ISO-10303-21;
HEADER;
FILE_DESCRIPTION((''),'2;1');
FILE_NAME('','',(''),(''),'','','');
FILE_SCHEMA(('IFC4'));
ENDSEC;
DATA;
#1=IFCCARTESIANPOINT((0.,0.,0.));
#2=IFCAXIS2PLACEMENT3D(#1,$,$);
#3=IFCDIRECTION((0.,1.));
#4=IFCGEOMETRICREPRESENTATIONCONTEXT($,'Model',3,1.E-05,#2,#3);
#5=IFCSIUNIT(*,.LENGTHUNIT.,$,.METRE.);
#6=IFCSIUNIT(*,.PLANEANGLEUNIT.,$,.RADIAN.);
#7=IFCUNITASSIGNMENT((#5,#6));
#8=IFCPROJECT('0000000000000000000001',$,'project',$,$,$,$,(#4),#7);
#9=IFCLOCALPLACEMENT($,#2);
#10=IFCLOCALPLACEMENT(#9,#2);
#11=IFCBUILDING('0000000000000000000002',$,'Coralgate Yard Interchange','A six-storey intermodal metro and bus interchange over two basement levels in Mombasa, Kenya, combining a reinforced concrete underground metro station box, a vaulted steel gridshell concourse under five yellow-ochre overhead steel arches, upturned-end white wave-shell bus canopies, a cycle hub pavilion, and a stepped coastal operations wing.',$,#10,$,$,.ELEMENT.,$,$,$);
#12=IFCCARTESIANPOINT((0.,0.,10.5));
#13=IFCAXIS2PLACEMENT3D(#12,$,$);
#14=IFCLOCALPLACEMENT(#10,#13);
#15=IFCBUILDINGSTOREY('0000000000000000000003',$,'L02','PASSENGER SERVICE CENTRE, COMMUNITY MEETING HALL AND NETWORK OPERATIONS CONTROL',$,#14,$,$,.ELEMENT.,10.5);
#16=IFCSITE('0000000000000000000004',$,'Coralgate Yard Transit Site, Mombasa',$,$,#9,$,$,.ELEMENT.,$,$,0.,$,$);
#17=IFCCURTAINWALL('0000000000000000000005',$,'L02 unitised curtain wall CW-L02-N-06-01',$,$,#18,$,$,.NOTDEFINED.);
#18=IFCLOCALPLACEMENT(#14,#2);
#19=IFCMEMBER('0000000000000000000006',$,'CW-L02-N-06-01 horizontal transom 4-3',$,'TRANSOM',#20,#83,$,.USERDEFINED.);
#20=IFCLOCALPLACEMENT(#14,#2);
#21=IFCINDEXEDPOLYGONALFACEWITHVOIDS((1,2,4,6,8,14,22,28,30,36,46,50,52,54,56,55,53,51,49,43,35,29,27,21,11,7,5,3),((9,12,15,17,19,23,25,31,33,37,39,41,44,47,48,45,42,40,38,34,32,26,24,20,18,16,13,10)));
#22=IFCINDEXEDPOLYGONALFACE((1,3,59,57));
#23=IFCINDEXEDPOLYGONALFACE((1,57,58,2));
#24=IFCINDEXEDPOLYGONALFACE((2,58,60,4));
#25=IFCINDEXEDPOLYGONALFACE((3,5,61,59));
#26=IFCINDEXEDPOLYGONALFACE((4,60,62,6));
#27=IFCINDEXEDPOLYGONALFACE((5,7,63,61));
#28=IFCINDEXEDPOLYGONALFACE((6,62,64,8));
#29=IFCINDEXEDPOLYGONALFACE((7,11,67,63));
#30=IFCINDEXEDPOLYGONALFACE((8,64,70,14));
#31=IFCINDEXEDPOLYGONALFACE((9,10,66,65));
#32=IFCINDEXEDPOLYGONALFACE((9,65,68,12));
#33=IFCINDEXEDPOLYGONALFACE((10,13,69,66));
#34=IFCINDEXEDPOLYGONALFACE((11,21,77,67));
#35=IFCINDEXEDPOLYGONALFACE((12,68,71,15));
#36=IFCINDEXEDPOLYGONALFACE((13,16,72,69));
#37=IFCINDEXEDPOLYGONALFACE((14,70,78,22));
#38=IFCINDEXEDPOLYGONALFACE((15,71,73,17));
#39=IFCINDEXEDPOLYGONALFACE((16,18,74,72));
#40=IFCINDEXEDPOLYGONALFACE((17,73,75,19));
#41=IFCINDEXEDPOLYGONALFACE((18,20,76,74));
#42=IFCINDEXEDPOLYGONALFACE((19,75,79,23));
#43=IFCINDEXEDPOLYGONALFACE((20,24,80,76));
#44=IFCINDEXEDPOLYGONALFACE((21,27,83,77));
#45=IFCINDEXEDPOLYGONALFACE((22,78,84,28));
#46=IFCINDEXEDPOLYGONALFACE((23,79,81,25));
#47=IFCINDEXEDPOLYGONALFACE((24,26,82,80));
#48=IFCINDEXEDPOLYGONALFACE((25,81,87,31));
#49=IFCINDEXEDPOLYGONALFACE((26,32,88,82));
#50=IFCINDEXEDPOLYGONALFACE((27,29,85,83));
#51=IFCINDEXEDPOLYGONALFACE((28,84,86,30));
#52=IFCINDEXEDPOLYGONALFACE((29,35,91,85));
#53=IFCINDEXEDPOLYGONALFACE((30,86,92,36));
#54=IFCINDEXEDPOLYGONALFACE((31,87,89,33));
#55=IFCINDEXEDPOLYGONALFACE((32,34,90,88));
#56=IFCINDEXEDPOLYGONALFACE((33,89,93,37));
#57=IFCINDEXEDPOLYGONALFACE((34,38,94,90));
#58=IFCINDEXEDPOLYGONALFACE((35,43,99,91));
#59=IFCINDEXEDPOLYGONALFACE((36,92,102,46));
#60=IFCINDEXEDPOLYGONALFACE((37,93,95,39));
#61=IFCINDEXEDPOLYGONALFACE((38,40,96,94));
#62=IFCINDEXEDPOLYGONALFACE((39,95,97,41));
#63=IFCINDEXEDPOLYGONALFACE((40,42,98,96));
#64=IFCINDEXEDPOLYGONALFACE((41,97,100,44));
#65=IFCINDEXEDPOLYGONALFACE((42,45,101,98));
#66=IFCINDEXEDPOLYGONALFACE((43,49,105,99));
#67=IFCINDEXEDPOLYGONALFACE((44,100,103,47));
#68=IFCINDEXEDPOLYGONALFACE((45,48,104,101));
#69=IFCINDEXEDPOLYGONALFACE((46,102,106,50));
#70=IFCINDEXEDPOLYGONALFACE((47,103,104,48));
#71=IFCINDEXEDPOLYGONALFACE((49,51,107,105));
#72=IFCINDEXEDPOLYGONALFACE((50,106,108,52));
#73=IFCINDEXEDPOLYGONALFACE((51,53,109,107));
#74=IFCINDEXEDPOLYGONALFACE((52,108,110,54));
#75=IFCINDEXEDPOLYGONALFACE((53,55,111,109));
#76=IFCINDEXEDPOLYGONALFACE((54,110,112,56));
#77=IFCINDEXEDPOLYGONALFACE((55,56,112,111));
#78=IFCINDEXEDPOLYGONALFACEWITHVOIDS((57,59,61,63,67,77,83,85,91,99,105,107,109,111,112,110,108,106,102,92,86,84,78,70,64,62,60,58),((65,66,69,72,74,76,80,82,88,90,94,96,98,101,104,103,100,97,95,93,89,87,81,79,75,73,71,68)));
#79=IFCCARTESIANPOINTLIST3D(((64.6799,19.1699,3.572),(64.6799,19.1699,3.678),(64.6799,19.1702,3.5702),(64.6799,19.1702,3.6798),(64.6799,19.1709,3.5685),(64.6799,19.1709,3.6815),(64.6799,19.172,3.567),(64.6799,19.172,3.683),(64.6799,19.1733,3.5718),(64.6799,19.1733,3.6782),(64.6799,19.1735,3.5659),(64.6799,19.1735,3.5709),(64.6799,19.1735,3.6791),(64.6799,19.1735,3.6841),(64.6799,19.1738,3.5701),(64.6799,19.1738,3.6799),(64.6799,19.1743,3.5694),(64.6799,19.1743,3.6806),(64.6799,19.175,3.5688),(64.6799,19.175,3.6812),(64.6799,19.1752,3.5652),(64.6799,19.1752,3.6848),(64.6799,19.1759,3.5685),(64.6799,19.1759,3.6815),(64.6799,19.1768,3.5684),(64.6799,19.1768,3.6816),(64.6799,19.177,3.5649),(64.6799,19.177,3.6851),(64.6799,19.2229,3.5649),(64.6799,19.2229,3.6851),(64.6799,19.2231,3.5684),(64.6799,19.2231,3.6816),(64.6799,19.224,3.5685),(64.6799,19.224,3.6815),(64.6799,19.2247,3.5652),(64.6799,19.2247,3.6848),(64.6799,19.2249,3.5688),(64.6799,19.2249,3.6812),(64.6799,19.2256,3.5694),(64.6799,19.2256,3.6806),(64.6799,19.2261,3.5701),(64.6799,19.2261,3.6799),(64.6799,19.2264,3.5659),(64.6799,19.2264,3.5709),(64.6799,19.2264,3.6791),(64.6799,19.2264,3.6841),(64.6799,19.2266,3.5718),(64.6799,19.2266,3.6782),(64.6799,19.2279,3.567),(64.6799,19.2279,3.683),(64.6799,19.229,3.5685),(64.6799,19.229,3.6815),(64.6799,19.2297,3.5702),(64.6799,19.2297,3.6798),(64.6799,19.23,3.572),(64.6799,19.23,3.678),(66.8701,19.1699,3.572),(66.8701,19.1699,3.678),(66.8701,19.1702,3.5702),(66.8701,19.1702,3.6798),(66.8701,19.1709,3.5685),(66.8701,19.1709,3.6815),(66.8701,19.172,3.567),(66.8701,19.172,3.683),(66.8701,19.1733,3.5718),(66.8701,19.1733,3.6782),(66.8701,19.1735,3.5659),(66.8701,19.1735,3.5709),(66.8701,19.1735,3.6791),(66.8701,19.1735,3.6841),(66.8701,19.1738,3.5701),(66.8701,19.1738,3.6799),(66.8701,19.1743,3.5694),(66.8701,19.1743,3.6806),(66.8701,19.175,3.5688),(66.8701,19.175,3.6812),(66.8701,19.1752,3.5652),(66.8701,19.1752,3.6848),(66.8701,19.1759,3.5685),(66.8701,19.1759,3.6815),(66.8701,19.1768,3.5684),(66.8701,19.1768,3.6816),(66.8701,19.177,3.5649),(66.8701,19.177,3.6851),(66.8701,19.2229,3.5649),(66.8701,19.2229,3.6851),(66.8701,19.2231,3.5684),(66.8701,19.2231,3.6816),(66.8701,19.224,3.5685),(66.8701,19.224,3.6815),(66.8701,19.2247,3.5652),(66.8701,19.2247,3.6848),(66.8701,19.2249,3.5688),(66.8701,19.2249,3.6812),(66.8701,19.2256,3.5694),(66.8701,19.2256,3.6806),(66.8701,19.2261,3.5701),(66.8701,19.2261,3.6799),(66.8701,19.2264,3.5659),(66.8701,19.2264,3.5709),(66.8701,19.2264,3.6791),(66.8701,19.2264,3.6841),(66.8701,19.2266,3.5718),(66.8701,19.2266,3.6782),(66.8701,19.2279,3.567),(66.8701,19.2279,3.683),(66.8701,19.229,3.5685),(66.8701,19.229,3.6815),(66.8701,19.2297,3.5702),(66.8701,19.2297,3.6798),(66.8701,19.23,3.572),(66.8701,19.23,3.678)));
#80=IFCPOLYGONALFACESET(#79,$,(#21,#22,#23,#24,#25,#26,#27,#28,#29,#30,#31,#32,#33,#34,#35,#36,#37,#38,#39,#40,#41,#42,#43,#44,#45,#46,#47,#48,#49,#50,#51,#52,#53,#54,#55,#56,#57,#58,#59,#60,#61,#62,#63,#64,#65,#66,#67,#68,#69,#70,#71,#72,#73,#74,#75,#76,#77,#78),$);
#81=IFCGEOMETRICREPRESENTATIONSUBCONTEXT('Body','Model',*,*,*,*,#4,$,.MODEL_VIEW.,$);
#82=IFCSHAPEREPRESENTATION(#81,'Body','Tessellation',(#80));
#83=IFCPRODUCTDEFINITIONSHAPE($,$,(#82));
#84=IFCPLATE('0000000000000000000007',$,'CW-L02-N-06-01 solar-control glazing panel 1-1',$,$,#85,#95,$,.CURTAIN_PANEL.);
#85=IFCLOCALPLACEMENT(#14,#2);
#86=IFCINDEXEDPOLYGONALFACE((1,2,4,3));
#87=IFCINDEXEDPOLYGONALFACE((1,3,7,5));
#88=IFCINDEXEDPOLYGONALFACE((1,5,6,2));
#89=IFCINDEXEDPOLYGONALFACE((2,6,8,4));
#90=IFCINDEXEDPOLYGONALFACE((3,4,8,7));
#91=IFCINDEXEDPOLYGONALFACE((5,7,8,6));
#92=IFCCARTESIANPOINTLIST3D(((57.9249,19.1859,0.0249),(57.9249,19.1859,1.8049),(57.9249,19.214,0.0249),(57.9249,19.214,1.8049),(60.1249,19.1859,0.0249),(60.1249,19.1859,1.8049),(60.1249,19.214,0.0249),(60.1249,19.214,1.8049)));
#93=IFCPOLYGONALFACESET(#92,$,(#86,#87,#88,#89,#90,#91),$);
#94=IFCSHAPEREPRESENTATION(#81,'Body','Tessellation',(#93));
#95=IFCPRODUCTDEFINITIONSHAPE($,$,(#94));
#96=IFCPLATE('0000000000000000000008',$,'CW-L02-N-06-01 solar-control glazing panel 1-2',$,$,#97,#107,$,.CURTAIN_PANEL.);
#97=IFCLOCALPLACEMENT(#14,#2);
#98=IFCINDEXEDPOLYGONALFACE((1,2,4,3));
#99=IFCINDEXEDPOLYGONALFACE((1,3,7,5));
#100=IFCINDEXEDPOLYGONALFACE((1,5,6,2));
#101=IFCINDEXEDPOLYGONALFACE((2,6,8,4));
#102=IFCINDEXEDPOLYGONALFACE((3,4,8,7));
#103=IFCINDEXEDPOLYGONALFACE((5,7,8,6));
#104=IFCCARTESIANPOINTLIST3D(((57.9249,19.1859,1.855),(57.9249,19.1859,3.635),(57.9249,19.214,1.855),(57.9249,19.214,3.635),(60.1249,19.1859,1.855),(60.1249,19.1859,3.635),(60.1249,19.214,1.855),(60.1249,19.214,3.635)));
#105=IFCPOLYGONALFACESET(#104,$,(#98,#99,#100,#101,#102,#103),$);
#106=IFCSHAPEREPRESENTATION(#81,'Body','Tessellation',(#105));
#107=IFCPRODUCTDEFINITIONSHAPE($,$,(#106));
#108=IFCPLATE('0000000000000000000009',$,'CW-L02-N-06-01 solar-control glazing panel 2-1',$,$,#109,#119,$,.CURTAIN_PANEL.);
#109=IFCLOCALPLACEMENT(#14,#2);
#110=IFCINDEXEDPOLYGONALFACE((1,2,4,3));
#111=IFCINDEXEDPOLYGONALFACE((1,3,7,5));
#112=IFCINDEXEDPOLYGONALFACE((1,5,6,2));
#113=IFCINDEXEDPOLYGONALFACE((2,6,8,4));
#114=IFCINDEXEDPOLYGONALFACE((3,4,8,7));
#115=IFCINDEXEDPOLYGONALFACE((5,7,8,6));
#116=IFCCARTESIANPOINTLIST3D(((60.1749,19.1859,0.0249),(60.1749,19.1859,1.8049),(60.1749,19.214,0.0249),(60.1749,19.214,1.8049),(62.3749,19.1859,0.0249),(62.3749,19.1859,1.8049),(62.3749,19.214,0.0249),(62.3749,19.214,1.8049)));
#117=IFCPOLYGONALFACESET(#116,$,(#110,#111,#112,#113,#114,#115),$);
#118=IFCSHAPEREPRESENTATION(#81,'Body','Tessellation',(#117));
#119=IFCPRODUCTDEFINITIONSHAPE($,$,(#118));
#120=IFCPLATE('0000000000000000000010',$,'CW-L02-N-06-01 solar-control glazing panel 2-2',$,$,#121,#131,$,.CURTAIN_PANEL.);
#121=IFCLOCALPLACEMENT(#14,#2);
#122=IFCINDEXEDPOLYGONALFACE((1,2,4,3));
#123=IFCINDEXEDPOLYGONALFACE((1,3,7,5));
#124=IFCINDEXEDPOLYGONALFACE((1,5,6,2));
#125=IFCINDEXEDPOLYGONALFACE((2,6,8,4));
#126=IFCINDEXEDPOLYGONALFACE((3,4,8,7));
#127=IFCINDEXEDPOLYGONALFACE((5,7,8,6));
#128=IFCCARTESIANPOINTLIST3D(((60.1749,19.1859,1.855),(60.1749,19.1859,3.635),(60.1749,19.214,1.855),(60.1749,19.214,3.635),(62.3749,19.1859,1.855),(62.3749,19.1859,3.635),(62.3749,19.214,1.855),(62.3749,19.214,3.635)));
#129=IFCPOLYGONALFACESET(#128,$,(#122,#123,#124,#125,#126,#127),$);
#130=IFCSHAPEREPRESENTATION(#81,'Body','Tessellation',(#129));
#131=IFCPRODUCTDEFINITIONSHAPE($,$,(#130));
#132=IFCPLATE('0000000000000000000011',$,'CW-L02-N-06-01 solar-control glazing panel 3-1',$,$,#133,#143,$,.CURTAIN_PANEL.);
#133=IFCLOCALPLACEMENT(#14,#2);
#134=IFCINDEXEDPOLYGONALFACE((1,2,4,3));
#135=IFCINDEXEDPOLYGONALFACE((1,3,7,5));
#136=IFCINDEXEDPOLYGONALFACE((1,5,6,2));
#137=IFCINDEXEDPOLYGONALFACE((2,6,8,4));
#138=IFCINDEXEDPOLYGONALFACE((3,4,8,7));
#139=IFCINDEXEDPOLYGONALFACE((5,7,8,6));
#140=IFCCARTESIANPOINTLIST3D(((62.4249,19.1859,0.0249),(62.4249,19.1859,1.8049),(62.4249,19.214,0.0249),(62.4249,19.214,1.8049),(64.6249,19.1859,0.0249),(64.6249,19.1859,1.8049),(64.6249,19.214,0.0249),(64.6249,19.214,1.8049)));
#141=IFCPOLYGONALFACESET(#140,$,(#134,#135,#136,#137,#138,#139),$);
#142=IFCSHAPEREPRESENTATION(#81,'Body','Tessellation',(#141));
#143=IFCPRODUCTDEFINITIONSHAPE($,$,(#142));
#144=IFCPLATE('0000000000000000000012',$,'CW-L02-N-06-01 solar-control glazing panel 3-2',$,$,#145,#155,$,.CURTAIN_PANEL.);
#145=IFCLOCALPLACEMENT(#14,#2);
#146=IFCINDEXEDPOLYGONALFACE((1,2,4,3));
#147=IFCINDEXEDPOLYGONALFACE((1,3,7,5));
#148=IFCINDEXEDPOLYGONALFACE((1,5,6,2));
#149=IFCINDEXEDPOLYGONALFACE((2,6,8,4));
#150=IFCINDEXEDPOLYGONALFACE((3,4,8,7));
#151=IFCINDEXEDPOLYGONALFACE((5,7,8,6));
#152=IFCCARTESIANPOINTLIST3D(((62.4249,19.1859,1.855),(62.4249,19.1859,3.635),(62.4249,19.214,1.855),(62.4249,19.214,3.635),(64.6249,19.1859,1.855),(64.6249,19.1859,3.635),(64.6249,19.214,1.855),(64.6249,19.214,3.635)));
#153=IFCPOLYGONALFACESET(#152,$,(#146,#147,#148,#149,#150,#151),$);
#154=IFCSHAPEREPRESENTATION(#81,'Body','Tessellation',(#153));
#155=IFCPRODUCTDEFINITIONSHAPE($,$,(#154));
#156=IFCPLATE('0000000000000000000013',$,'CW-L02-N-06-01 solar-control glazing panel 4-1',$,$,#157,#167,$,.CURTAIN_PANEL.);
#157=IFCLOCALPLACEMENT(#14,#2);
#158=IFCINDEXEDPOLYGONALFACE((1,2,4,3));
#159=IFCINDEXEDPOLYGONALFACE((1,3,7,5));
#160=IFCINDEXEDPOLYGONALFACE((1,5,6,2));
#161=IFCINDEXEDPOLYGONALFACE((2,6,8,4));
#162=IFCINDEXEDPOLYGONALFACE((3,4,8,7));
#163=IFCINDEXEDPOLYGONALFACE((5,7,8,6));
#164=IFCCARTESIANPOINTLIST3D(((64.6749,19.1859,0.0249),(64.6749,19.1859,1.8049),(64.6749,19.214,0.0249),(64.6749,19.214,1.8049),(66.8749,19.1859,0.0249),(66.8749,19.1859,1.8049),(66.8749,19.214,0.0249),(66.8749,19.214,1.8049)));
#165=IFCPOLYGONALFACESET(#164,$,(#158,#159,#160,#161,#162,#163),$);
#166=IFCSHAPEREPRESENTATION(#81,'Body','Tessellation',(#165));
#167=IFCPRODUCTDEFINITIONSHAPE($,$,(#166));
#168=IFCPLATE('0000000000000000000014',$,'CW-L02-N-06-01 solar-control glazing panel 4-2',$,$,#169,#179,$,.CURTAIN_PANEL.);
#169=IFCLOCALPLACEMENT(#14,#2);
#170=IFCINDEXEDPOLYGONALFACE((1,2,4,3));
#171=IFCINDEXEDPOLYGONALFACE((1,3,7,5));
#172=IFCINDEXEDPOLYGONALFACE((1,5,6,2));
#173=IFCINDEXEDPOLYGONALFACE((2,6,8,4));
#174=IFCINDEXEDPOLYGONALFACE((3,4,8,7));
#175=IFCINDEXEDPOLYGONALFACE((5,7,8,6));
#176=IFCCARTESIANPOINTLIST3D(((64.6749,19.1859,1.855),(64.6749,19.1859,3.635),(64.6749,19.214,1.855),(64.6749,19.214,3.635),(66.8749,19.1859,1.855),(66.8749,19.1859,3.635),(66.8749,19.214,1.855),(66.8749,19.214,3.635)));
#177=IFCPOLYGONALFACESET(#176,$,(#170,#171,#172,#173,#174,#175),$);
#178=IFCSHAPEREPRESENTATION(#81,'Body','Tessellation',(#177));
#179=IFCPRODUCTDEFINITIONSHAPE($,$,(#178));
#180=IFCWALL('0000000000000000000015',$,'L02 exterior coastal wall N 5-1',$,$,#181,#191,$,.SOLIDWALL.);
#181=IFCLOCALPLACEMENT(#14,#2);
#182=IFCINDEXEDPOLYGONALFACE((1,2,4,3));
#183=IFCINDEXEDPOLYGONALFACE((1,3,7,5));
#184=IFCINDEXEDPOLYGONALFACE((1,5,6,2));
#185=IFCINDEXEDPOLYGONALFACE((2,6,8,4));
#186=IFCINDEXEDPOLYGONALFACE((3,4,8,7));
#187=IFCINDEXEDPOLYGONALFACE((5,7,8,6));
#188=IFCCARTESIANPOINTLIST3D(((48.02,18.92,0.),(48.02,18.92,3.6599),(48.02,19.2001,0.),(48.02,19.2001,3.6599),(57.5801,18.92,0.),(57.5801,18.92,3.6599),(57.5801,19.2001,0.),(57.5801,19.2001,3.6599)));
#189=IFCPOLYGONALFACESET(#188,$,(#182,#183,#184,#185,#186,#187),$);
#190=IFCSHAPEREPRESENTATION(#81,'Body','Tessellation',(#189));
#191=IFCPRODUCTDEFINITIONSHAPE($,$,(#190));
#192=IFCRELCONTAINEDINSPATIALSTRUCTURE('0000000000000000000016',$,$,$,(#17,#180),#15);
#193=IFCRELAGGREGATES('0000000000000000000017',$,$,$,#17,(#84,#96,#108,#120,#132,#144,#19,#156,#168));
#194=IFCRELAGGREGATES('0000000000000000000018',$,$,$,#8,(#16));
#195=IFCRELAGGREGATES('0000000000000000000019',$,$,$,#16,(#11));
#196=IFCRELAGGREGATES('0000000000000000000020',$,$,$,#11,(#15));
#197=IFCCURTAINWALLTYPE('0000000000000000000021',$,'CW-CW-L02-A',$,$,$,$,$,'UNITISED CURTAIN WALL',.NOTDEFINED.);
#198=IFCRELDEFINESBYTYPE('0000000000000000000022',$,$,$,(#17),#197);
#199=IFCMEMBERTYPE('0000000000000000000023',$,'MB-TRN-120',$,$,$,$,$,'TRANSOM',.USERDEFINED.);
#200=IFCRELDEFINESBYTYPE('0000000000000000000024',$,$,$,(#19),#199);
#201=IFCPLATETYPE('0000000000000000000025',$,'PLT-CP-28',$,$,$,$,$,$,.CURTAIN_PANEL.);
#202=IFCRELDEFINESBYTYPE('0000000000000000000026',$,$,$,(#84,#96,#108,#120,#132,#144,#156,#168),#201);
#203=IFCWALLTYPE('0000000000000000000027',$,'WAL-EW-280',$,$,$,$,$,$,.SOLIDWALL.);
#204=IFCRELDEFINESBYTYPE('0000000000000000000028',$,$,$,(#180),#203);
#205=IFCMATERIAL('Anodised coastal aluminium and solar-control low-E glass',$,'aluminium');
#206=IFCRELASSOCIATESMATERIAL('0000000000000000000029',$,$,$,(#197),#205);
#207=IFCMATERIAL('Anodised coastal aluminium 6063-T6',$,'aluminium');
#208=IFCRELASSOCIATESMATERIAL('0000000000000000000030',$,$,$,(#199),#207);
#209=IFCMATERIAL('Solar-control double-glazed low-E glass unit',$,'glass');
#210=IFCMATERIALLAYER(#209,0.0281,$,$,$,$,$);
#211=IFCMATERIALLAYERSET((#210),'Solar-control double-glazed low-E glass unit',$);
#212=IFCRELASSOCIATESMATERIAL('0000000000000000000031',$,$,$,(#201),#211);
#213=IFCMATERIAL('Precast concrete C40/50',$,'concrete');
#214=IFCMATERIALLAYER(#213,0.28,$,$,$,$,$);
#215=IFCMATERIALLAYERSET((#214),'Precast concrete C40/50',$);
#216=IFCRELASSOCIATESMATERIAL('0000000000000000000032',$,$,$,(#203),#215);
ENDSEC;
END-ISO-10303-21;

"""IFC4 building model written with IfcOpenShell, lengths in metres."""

from ifc_helpers import new_model, si_unit, direction, frame, frame_2d, origin, origin_2d, place, context, subcontext, project, spatial, rectangle, hollow_rectangle, extrude, material, layer, layer_set, material_profile, profile_set, type_object, element, aggregate, save


model = new_model("IFC4")

# Units and contexts
model_context = context("Model", 3, precision=1e-05, world=origin(), true_north=direction((0.0, 1.0)))
body_context = subcontext(model_context, "Body", "Model", "MODEL_VIEW")
ifc_project = project(units=[si_unit("LENGTHUNIT", "METRE"), si_unit("PLANEANGLEUNIT", "RADIAN")], contexts=[model_context])

# Site, building, storey
site_placement = place(None, origin())
site = spatial("IfcSite", under=ifc_project, at=site_placement, Name="Coralgate Yard Transit Site, Mombasa", CompositionType="ELEMENT", RefElevation=0.0)
building_placement = place(site_placement, origin())
building = spatial("IfcBuilding", under=site, at=building_placement, Name="Coralgate Yard Interchange", Description="A six-storey intermodal metro and bus interchange over two basement levels in Mombasa, Kenya, combining a reinforced concrete underground metro station box, a vaulted steel gridshell concourse under five yellow-ochre overhead steel arches, upturned-end white wave-shell bus canopies, a cycle hub pavilion, and a stepped coastal operations wing.", CompositionType="ELEMENT")
storey_placement = place(building_placement, frame((0.0, 0.0, 10.5)))
storey = spatial("IfcBuildingStorey", under=building, at=storey_placement, Name="L02", Description="PASSENGER SERVICE CENTRE, COMMUNITY MEETING HALL AND NETWORK OPERATIONS CONTROL", CompositionType="ELEMENT", Elevation=10.5)

# Shared definitions
ifc_material_1 = material(Name="Anodised coastal aluminium and solar-control low-E glass", Category="aluminium")
curtain_wall_type = type_object("IfcCurtainWallType", Name="CW-CW-L02-A", ElementType="UNITISED CURTAIN WALL", PredefinedType="NOTDEFINED", material=ifc_material_1)
ifc_material_2 = material(Name="Anodised coastal aluminium 6063-T6", Category="aluminium")

# Curtain wall, member, plates
curtain_wall_1_placement = place(storey_placement, origin())
curtain_wall_1 = element("IfcCurtainWall", 1, at=curtain_wall_1_placement, inside=storey, type_object=curtain_wall_type, Name="L02 unitised curtain wall CW-L02-N-06-01", PredefinedType="NOTDEFINED")
ifc_material_profile_1 = material_profile(ifc_material_2, hollow_rectangle(XDim=0.0601, YDim=0.1201, WallThickness=0.0034, InnerFilletRadius=0.0034, OuterFilletRadius=0.0071, at=origin_2d()), Name="ALU 60x120x3.5")
ifc_profile_set_1 = profile_set([ifc_material_profile_1], Name="Anodised coastal aluminium 6063-T6")
member_type_1 = type_object("IfcMemberType", Name="MB-TRN-120", ElementType="TRANSOM", PredefinedType="USERDEFINED", material=ifc_profile_set_1)
member_1_placement = place(storey_placement, frame((64.6799, 19.2, 3.625), z_axis=(1.0, 0.0, 0.0), x_axis=(0.0, 1.0, 0.0)))
member_1 = element("IfcMember", 2, at=member_1_placement, type_object=member_type_1, Name="CW-L02-N-06-01 horizontal transom 4-3", ObjectType="TRANSOM", PredefinedType="USERDEFINED", context=body_context, shape_type="SweptSolid", body=[
    extrude(hollow_rectangle(XDim=0.0601, YDim=0.1201, WallThickness=0.0034, InnerFilletRadius=0.0034, OuterFilletRadius=0.0071, at=origin_2d()), origin(), (0.0, 0.0, 1.0), 2.1902),
])
ifc_material_3 = material(Name="Solar-control double-glazed low-E glass unit", Category="glass")
ifc_layer_1 = layer(ifc_material_3, 0.0281)
ifc_layer_set_1 = layer_set([ifc_layer_1], Name="Solar-control double-glazed low-E glass unit")
plate_type = type_object("IfcPlateType", Name="PLT-CP-28", PredefinedType="CURTAIN_PANEL", material=ifc_layer_set_1)
plate_1_placement = place(storey_placement, frame((59.0249, 19.2, 0.0249), z_axis=(0.0, 0.0, 1.0), x_axis=(1.0, 0.0, 0.0)))
plate_1 = element("IfcPlate", 3, at=plate_1_placement, type_object=plate_type, Name="CW-L02-N-06-01 solar-control glazing panel 1-1", PredefinedType="CURTAIN_PANEL", context=body_context, shape_type="SweptSolid", body=[
    extrude(rectangle(XDim=2.2, YDim=0.0281, at=origin_2d()), origin(), (0.0, 0.0, 1.0), 1.78),
])
plate_2_placement = place(storey_placement, frame((59.0249, 19.2, 1.855), z_axis=(0.0, 0.0, 1.0), x_axis=(1.0, 0.0, 0.0)))
plate_2 = element("IfcPlate", 4, at=plate_2_placement, type_object=plate_type, Name="CW-L02-N-06-01 solar-control glazing panel 1-2", PredefinedType="CURTAIN_PANEL", context=body_context, shape_type="SweptSolid", body=[
    extrude(rectangle(XDim=2.2, YDim=0.0281, at=origin_2d()), origin(), (0.0, 0.0, 1.0), 1.78),
])
plate_3_placement = place(storey_placement, frame((61.2749, 19.2, 0.0249), z_axis=(0.0, 0.0, 1.0), x_axis=(1.0, 0.0, 0.0)))
plate_3 = element("IfcPlate", 5, at=plate_3_placement, type_object=plate_type, Name="CW-L02-N-06-01 solar-control glazing panel 2-1", PredefinedType="CURTAIN_PANEL", context=body_context, shape_type="SweptSolid", body=[
    extrude(rectangle(XDim=2.2, YDim=0.0281, at=origin_2d()), origin(), (0.0, 0.0, 1.0), 1.78),
])
plate_4_placement = place(storey_placement, frame((61.2749, 19.2, 1.855), z_axis=(0.0, 0.0, 1.0), x_axis=(1.0, 0.0, 0.0)))
plate_4 = element("IfcPlate", 6, at=plate_4_placement, type_object=plate_type, Name="CW-L02-N-06-01 solar-control glazing panel 2-2", PredefinedType="CURTAIN_PANEL", context=body_context, shape_type="SweptSolid", body=[
    extrude(rectangle(XDim=2.2, YDim=0.0281, at=origin_2d()), origin(), (0.0, 0.0, 1.0), 1.78),
])
plate_5_placement = place(storey_placement, frame((63.5249, 19.2, 0.0249), z_axis=(0.0, 0.0, 1.0), x_axis=(1.0, 0.0, 0.0)))
plate_5 = element("IfcPlate", 7, at=plate_5_placement, type_object=plate_type, Name="CW-L02-N-06-01 solar-control glazing panel 3-1", PredefinedType="CURTAIN_PANEL", context=body_context, shape_type="SweptSolid", body=[
    extrude(rectangle(XDim=2.2, YDim=0.0281, at=origin_2d()), origin(), (0.0, 0.0, 1.0), 1.78),
])
plate_6_placement = place(storey_placement, frame((63.5249, 19.2, 1.855), z_axis=(0.0, 0.0, 1.0), x_axis=(1.0, 0.0, 0.0)))
plate_6 = element("IfcPlate", 8, at=plate_6_placement, type_object=plate_type, Name="CW-L02-N-06-01 solar-control glazing panel 3-2", PredefinedType="CURTAIN_PANEL", context=body_context, shape_type="SweptSolid", body=[
    extrude(rectangle(XDim=2.2, YDim=0.0281, at=origin_2d()), origin(), (0.0, 0.0, 1.0), 1.78),
])
plate_7_placement = place(storey_placement, frame((65.7749, 19.2, 0.0249), z_axis=(0.0, 0.0, 1.0), x_axis=(1.0, 0.0, 0.0)))
plate_7 = element("IfcPlate", 9, at=plate_7_placement, type_object=plate_type, Name="CW-L02-N-06-01 solar-control glazing panel 4-1", PredefinedType="CURTAIN_PANEL", context=body_context, shape_type="SweptSolid", body=[
    extrude(rectangle(XDim=2.2, YDim=0.0281, at=origin_2d()), origin(), (0.0, 0.0, 1.0), 1.78),
])
plate_8_placement = place(storey_placement, frame((65.7749, 19.2, 1.855), z_axis=(0.0, 0.0, 1.0), x_axis=(1.0, 0.0, 0.0)))
plate_8 = element("IfcPlate", 10, at=plate_8_placement, type_object=plate_type, Name="CW-L02-N-06-01 solar-control glazing panel 4-2", PredefinedType="CURTAIN_PANEL", context=body_context, shape_type="SweptSolid", body=[
    extrude(rectangle(XDim=2.2, YDim=0.0281, at=origin_2d()), origin(), (0.0, 0.0, 1.0), 1.78),
])
aggregate(curtain_wall_1, [plate_1, plate_2, plate_3, plate_4, plate_5, plate_6, member_1, plate_7, plate_8])

# Wall
ifc_material_4 = material(Name="Precast concrete C40/50", Category="concrete")
ifc_layer_2 = layer(ifc_material_4, 0.28)
ifc_layer_set_2 = layer_set([ifc_layer_2], Name="Precast concrete C40/50")
wall_type = type_object("IfcWallType", Name="WAL-EW-280", PredefinedType="SOLIDWALL", material=ifc_layer_set_2)
wall_placement = place(storey_placement, frame((48.02, 19.0601, 0.0), z_axis=(0.0, 0.0, 1.0), x_axis=(1.0, 0.0, 0.0)))
element("IfcWall", 11, at=wall_placement, inside=storey, type_object=wall_type, Name="L02 exterior coastal wall N 5-1", PredefinedType="SOLIDWALL", context=body_context, shape_type="SweptSolid", body=[
    extrude(rectangle(XDim=9.5601, YDim=0.28, at=frame_2d((4.78, 0.0))), origin(), (0.0, 0.0, 1.0), 3.6599),
])

save(model, "model.ifc")
